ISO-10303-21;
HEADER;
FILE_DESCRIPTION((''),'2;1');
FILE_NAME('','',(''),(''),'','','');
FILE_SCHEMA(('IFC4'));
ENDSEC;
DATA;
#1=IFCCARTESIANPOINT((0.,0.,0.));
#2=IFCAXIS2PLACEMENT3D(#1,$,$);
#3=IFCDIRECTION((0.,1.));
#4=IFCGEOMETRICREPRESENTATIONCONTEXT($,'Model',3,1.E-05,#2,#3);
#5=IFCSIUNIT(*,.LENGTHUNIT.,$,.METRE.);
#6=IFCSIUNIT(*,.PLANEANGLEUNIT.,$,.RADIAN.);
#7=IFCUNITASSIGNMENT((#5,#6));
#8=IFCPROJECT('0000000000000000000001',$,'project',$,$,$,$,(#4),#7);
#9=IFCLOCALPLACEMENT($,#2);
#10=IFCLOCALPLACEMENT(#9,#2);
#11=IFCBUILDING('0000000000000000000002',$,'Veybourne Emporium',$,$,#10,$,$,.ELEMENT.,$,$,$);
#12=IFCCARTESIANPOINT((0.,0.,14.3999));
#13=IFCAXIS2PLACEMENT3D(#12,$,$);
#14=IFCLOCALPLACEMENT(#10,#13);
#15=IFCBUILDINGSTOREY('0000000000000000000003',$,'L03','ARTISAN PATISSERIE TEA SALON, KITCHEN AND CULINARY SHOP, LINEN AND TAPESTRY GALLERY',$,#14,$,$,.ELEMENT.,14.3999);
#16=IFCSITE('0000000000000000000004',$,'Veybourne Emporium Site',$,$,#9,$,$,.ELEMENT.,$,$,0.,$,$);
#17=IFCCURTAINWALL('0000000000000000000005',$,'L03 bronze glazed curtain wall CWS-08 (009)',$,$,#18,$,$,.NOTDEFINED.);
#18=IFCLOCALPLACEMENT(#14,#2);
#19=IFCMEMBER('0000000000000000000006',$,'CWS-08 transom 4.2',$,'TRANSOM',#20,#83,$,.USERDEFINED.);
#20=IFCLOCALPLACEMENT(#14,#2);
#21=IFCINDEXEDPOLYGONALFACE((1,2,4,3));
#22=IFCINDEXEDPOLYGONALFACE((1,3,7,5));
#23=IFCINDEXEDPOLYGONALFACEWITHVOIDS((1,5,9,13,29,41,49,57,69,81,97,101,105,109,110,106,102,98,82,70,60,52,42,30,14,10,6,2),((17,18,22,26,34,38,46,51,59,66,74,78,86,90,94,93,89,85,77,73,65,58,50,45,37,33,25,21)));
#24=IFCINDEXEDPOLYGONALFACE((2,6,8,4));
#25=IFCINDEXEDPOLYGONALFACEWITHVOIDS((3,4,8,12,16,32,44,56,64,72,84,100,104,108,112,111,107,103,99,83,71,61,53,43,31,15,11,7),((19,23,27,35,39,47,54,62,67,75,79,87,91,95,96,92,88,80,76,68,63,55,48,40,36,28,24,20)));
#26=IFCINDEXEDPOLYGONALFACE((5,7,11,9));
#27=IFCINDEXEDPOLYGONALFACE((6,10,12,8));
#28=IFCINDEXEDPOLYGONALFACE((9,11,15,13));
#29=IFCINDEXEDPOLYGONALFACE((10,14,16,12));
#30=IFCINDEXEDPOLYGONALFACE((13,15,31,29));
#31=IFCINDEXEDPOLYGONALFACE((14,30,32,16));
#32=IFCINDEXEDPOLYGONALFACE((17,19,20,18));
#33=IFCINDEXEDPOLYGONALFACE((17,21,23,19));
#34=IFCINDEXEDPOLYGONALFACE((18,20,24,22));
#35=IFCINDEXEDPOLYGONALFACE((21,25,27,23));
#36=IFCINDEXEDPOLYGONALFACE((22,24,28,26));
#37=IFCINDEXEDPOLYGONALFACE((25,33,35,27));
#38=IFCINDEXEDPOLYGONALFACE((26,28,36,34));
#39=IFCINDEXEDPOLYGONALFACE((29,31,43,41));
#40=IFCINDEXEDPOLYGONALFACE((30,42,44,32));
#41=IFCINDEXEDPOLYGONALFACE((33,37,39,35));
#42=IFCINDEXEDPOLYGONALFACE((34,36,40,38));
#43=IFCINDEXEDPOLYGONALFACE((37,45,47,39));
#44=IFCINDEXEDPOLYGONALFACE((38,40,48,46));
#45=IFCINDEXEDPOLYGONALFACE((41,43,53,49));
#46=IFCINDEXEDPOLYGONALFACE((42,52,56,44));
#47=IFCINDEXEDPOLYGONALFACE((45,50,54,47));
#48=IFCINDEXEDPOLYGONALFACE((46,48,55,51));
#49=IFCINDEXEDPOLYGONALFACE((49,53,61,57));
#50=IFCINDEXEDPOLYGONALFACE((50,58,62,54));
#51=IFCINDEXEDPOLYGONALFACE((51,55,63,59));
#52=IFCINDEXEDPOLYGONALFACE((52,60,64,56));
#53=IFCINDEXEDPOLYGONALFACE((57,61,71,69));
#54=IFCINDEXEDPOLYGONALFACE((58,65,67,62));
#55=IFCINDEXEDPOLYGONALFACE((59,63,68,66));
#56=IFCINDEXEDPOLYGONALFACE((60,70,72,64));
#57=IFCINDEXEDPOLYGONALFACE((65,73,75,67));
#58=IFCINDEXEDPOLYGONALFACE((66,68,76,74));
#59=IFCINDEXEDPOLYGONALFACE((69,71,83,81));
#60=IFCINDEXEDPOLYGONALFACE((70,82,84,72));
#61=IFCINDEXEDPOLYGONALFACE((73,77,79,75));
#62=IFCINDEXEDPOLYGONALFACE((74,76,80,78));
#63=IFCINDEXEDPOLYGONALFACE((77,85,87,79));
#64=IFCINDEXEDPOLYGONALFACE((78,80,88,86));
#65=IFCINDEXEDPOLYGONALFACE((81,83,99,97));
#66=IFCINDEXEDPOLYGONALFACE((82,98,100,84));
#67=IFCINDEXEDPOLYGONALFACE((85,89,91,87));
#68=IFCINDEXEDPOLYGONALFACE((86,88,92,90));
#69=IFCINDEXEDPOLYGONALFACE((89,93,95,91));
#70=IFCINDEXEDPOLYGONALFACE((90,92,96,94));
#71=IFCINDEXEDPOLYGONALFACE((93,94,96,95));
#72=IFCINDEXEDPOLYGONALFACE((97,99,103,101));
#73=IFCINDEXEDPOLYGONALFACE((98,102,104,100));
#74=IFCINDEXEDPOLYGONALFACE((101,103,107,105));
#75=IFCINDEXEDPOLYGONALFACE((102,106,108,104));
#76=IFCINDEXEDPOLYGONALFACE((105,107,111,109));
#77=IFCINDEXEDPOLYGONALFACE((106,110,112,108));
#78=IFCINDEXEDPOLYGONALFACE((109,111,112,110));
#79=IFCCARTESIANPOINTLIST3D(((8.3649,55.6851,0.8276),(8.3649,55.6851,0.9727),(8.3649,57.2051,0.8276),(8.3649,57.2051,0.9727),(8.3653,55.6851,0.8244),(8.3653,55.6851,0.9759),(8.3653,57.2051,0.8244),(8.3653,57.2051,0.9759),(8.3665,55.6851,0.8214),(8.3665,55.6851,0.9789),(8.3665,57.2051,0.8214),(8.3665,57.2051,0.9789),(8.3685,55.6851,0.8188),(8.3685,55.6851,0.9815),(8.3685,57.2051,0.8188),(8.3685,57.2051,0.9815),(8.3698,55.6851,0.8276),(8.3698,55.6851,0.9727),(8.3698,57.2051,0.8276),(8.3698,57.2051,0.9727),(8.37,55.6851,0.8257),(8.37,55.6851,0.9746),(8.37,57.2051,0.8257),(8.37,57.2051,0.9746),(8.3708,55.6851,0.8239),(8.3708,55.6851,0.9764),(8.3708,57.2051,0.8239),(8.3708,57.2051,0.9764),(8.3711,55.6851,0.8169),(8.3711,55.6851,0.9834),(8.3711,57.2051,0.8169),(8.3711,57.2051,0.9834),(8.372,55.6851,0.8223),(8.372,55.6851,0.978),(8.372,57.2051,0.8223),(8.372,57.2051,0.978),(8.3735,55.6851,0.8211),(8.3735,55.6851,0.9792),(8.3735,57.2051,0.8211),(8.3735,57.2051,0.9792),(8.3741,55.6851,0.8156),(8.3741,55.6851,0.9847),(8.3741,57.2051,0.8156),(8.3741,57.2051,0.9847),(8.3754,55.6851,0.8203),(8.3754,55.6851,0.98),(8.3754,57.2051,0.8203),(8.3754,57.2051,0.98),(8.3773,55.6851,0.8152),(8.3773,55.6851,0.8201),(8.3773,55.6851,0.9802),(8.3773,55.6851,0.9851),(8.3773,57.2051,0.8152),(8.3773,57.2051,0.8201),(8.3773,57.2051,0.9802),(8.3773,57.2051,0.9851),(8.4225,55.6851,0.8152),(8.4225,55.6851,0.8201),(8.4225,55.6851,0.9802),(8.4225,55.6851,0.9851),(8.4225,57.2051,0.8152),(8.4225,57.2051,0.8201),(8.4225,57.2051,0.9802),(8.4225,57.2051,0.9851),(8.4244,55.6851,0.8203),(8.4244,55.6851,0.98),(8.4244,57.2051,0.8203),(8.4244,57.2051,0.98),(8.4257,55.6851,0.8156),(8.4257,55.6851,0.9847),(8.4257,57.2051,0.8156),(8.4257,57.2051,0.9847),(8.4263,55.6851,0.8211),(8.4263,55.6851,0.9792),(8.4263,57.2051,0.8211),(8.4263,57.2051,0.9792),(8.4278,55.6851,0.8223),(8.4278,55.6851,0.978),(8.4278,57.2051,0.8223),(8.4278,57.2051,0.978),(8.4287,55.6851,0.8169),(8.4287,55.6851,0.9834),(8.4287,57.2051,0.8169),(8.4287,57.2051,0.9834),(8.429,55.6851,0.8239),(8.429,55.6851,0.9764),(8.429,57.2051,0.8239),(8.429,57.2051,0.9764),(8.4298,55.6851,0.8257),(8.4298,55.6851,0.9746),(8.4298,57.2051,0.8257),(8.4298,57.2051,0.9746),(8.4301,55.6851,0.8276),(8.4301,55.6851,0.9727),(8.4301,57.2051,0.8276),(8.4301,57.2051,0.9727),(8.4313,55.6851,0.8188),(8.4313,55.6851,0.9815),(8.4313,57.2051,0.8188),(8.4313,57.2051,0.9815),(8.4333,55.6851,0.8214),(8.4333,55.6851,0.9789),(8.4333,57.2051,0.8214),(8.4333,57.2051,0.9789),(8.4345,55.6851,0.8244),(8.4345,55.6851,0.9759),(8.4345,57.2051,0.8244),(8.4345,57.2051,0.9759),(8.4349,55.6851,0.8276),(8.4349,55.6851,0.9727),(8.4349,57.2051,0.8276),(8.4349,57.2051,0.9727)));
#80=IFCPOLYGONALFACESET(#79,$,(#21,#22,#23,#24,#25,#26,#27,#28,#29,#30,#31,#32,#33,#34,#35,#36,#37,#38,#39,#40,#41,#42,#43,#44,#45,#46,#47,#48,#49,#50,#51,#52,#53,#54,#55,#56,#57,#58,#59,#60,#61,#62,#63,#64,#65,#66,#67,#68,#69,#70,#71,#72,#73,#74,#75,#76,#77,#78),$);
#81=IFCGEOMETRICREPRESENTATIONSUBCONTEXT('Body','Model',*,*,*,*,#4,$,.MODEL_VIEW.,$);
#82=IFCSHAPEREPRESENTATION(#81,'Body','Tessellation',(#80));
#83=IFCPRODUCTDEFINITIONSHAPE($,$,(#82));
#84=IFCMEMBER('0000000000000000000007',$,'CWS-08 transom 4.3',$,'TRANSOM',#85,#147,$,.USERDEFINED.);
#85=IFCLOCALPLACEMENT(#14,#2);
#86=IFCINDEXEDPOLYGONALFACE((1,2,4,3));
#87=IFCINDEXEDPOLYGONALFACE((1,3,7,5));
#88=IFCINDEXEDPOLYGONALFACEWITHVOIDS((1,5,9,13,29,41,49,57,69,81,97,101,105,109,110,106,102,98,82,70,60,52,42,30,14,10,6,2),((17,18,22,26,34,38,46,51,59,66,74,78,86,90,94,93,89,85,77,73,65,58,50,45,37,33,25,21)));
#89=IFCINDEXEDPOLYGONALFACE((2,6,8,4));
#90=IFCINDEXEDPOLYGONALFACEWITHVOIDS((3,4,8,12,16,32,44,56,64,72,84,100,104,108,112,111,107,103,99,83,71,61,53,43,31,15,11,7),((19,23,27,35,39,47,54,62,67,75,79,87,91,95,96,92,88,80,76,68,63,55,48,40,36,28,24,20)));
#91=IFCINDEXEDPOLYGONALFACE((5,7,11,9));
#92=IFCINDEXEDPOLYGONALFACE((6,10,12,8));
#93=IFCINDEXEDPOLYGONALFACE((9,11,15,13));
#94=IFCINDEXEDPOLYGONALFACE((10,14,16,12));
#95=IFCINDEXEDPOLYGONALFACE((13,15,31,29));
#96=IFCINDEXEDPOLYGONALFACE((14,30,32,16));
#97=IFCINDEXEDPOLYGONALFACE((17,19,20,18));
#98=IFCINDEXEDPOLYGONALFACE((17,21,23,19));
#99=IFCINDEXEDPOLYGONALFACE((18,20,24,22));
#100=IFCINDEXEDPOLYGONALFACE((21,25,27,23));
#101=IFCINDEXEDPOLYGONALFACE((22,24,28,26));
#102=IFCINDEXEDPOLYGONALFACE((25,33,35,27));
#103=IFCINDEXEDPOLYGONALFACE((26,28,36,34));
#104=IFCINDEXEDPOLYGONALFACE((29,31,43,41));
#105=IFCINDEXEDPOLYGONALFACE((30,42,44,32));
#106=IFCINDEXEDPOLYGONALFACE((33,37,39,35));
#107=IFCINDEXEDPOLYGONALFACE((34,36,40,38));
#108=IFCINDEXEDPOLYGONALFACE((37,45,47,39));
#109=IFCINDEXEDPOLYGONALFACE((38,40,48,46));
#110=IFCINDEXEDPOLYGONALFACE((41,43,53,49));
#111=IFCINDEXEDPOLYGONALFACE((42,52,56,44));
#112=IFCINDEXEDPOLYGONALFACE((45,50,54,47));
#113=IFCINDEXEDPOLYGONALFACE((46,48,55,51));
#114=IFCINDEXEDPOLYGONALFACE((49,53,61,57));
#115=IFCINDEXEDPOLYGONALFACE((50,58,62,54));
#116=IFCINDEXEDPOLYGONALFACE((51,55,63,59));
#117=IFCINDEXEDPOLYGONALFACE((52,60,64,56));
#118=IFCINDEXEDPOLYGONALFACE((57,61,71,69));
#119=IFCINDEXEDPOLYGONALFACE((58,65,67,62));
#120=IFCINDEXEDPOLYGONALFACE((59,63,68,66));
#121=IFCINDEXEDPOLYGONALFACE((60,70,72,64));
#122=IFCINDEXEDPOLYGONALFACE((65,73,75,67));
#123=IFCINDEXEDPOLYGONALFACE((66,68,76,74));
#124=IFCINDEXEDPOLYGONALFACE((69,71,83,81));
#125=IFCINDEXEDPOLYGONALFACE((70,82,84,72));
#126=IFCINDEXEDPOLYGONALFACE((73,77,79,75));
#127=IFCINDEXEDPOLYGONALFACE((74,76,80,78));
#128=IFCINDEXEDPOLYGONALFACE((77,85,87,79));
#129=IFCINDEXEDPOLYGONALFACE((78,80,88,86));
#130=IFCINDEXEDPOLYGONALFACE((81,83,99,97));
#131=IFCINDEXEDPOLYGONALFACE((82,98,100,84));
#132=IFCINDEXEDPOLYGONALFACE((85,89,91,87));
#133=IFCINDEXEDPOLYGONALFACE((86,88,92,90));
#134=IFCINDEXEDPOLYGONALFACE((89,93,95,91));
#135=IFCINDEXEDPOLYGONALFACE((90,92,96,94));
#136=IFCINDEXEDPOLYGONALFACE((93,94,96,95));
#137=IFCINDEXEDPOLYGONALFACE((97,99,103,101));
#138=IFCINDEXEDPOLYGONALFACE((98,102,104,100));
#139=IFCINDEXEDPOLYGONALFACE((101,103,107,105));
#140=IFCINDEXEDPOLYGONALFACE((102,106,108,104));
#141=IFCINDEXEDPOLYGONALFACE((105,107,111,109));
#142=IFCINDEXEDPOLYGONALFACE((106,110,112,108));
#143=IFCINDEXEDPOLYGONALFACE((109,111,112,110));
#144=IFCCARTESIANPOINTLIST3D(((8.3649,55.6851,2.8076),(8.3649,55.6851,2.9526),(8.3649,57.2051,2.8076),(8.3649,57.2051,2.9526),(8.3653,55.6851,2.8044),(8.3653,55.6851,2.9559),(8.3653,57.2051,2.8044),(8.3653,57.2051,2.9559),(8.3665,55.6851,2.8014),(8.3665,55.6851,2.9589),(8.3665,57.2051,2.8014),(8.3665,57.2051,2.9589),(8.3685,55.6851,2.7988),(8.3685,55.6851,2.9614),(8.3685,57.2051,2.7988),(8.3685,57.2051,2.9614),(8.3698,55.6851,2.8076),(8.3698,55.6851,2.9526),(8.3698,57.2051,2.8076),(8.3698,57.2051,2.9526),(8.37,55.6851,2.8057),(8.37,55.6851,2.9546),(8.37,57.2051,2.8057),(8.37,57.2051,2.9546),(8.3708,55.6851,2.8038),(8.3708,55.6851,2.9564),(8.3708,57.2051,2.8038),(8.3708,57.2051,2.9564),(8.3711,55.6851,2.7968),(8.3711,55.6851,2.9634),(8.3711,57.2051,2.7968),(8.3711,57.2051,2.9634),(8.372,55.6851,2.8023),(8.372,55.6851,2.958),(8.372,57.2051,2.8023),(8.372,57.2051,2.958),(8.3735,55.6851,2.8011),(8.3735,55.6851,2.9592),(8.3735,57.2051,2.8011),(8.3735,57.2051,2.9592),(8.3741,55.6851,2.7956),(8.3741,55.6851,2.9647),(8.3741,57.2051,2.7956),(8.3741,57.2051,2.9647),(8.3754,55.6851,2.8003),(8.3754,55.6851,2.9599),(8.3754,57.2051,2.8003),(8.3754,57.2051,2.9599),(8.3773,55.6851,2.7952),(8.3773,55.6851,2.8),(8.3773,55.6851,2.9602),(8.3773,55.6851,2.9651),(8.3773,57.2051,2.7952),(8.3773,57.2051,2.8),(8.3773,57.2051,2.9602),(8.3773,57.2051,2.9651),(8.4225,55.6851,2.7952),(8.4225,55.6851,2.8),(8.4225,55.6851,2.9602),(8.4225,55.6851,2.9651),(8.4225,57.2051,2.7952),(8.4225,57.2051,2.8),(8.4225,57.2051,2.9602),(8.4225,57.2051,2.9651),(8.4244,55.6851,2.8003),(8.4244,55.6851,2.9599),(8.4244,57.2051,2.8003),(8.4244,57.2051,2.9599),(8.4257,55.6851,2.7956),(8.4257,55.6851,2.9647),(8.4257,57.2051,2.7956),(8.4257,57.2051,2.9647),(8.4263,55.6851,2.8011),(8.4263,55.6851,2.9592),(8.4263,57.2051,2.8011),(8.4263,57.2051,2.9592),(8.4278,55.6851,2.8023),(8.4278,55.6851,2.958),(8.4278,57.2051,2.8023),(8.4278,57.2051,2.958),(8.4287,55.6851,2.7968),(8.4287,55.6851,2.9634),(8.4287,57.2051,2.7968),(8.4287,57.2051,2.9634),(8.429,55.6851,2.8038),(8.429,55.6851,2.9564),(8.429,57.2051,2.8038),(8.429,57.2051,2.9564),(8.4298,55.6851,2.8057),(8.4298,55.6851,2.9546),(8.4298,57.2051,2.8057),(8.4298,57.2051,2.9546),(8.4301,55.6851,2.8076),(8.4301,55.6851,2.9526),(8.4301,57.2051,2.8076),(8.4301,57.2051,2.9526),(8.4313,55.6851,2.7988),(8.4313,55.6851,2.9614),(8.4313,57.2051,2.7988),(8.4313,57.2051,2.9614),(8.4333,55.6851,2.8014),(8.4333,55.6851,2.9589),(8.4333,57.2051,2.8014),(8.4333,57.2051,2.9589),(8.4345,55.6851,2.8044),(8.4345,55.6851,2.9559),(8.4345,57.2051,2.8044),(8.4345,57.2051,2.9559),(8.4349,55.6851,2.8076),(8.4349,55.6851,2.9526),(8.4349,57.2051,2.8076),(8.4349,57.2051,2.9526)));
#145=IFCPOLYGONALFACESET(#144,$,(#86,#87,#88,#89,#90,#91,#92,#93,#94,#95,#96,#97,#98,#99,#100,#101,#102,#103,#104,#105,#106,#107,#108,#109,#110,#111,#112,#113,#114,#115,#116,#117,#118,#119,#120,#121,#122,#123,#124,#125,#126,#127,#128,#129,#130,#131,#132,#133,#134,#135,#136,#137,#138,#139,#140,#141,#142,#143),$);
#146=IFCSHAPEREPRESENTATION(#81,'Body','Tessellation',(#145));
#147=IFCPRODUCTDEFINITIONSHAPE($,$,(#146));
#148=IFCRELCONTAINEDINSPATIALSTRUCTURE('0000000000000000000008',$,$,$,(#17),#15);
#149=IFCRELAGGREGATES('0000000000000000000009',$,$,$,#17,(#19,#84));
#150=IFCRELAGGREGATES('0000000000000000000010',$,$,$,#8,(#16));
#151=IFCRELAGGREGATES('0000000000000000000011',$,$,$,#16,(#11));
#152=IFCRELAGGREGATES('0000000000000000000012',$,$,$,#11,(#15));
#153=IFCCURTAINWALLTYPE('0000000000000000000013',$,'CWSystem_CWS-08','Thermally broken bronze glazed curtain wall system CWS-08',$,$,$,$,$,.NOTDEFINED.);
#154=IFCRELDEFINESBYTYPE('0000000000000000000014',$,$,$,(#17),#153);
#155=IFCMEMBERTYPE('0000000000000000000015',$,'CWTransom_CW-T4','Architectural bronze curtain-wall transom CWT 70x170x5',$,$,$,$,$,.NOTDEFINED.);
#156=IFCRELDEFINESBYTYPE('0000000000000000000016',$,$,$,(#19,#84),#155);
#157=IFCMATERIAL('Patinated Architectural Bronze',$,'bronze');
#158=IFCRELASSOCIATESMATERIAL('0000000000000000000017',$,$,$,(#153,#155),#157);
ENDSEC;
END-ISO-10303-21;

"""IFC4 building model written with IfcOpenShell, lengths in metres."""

from ifc_helpers import new_model, si_unit, direction, frame, origin, origin_2d, place, context, subcontext, project, spatial, hollow_rectangle, extrude, material, material_profile, profile_set, type_object, element, aggregate, save


model = new_model("IFC4")

# Units and contexts
model_context = context("Model", 3, precision=1e-05, world=origin(), true_north=direction((0.0, 1.0)))
body_context = subcontext(model_context, "Body", "Model", "MODEL_VIEW")
ifc_project = project(units=[si_unit("LENGTHUNIT", "METRE"), si_unit("PLANEANGLEUNIT", "RADIAN")], contexts=[model_context])

# Site, building, storey
site_placement = place(None, origin())
site = spatial("IfcSite", under=ifc_project, at=site_placement, Name="Veybourne Emporium Site", CompositionType="ELEMENT", RefElevation=0.0)
building_placement = place(site_placement, origin())
building = spatial("IfcBuilding", under=site, at=building_placement, Name="Veybourne Emporium", CompositionType="ELEMENT")
storey_placement = place(building_placement, frame((0.0, 0.0, 14.3999)))
storey = spatial("IfcBuildingStorey", under=building, at=storey_placement, Name="L03", Description="ARTISAN PATISSERIE TEA SALON, KITCHEN AND CULINARY SHOP, LINEN AND TAPESTRY GALLERY", CompositionType="ELEMENT", Elevation=14.3999)

# Curtain wall, members
ifc_material_1 = material(Name="Patinated Architectural Bronze", Category="bronze")
curtain_wall_type = type_object("IfcCurtainWallType", Name="CWSystem_CWS-08", Description="Thermally broken bronze glazed curtain wall system CWS-08", PredefinedType="NOTDEFINED", material=ifc_material_1)
curtain_wall_placement = place(storey_placement, origin())
curtain_wall = element("IfcCurtainWall", 1, at=curtain_wall_placement, inside=storey, type_object=curtain_wall_type, Name="L03 bronze glazed curtain wall CWS-08 (009)", PredefinedType="NOTDEFINED")
ifc_material_profile_1 = material_profile(ifc_material_1, hollow_rectangle(XDim=0.0701, YDim=0.1699, WallThickness=0.0049, InnerFilletRadius=0.0076, OuterFilletRadius=0.0125, at=origin_2d()), Name="CWT 70x170x5")
ifc_profile_set_1 = profile_set([ifc_material_profile_1], Name="Patinated Architectural Bronze")
member_type_1 = type_object("IfcMemberType", Name="CWTransom_CW-T4", Description="Architectural bronze curtain-wall transom CWT 70x170x5", PredefinedType="NOTDEFINED", material=ifc_profile_set_1)
member_1_placement = place(storey_placement, frame((8.3999, 55.6851, 0.9001), z_axis=(0.0, 1.0, 0.0), x_axis=(-1.0, 0.0, 0.0)))
member_1 = element("IfcMember", 2, at=member_1_placement, type_object=member_type_1, Name="CWS-08 transom 4.2", ObjectType="TRANSOM", PredefinedType="USERDEFINED", context=body_context, shape_type="SweptSolid", body=[
    extrude(hollow_rectangle(XDim=0.0701, YDim=0.1699, WallThickness=0.0049, InnerFilletRadius=0.0076, OuterFilletRadius=0.0125, at=origin_2d()), origin(), (0.0, 0.0, 1.0), 1.52),
])
member_2_placement = place(storey_placement, frame((8.3999, 55.6851, 2.8801), z_axis=(0.0, 1.0, 0.0), x_axis=(-1.0, 0.0, 0.0)))
member_2 = element("IfcMember", 3, at=member_2_placement, type_object=member_type_1, Name="CWS-08 transom 4.3", ObjectType="TRANSOM", PredefinedType="USERDEFINED", context=body_context, shape_type="SweptSolid", body=[
    extrude(hollow_rectangle(XDim=0.0701, YDim=0.1699, WallThickness=0.0049, InnerFilletRadius=0.0076, OuterFilletRadius=0.0125, at=origin_2d()), origin(), (0.0, 0.0, 1.0), 1.52),
])

aggregate(curtain_wall, [member_1, member_2])

save(model, "model.ifc")
